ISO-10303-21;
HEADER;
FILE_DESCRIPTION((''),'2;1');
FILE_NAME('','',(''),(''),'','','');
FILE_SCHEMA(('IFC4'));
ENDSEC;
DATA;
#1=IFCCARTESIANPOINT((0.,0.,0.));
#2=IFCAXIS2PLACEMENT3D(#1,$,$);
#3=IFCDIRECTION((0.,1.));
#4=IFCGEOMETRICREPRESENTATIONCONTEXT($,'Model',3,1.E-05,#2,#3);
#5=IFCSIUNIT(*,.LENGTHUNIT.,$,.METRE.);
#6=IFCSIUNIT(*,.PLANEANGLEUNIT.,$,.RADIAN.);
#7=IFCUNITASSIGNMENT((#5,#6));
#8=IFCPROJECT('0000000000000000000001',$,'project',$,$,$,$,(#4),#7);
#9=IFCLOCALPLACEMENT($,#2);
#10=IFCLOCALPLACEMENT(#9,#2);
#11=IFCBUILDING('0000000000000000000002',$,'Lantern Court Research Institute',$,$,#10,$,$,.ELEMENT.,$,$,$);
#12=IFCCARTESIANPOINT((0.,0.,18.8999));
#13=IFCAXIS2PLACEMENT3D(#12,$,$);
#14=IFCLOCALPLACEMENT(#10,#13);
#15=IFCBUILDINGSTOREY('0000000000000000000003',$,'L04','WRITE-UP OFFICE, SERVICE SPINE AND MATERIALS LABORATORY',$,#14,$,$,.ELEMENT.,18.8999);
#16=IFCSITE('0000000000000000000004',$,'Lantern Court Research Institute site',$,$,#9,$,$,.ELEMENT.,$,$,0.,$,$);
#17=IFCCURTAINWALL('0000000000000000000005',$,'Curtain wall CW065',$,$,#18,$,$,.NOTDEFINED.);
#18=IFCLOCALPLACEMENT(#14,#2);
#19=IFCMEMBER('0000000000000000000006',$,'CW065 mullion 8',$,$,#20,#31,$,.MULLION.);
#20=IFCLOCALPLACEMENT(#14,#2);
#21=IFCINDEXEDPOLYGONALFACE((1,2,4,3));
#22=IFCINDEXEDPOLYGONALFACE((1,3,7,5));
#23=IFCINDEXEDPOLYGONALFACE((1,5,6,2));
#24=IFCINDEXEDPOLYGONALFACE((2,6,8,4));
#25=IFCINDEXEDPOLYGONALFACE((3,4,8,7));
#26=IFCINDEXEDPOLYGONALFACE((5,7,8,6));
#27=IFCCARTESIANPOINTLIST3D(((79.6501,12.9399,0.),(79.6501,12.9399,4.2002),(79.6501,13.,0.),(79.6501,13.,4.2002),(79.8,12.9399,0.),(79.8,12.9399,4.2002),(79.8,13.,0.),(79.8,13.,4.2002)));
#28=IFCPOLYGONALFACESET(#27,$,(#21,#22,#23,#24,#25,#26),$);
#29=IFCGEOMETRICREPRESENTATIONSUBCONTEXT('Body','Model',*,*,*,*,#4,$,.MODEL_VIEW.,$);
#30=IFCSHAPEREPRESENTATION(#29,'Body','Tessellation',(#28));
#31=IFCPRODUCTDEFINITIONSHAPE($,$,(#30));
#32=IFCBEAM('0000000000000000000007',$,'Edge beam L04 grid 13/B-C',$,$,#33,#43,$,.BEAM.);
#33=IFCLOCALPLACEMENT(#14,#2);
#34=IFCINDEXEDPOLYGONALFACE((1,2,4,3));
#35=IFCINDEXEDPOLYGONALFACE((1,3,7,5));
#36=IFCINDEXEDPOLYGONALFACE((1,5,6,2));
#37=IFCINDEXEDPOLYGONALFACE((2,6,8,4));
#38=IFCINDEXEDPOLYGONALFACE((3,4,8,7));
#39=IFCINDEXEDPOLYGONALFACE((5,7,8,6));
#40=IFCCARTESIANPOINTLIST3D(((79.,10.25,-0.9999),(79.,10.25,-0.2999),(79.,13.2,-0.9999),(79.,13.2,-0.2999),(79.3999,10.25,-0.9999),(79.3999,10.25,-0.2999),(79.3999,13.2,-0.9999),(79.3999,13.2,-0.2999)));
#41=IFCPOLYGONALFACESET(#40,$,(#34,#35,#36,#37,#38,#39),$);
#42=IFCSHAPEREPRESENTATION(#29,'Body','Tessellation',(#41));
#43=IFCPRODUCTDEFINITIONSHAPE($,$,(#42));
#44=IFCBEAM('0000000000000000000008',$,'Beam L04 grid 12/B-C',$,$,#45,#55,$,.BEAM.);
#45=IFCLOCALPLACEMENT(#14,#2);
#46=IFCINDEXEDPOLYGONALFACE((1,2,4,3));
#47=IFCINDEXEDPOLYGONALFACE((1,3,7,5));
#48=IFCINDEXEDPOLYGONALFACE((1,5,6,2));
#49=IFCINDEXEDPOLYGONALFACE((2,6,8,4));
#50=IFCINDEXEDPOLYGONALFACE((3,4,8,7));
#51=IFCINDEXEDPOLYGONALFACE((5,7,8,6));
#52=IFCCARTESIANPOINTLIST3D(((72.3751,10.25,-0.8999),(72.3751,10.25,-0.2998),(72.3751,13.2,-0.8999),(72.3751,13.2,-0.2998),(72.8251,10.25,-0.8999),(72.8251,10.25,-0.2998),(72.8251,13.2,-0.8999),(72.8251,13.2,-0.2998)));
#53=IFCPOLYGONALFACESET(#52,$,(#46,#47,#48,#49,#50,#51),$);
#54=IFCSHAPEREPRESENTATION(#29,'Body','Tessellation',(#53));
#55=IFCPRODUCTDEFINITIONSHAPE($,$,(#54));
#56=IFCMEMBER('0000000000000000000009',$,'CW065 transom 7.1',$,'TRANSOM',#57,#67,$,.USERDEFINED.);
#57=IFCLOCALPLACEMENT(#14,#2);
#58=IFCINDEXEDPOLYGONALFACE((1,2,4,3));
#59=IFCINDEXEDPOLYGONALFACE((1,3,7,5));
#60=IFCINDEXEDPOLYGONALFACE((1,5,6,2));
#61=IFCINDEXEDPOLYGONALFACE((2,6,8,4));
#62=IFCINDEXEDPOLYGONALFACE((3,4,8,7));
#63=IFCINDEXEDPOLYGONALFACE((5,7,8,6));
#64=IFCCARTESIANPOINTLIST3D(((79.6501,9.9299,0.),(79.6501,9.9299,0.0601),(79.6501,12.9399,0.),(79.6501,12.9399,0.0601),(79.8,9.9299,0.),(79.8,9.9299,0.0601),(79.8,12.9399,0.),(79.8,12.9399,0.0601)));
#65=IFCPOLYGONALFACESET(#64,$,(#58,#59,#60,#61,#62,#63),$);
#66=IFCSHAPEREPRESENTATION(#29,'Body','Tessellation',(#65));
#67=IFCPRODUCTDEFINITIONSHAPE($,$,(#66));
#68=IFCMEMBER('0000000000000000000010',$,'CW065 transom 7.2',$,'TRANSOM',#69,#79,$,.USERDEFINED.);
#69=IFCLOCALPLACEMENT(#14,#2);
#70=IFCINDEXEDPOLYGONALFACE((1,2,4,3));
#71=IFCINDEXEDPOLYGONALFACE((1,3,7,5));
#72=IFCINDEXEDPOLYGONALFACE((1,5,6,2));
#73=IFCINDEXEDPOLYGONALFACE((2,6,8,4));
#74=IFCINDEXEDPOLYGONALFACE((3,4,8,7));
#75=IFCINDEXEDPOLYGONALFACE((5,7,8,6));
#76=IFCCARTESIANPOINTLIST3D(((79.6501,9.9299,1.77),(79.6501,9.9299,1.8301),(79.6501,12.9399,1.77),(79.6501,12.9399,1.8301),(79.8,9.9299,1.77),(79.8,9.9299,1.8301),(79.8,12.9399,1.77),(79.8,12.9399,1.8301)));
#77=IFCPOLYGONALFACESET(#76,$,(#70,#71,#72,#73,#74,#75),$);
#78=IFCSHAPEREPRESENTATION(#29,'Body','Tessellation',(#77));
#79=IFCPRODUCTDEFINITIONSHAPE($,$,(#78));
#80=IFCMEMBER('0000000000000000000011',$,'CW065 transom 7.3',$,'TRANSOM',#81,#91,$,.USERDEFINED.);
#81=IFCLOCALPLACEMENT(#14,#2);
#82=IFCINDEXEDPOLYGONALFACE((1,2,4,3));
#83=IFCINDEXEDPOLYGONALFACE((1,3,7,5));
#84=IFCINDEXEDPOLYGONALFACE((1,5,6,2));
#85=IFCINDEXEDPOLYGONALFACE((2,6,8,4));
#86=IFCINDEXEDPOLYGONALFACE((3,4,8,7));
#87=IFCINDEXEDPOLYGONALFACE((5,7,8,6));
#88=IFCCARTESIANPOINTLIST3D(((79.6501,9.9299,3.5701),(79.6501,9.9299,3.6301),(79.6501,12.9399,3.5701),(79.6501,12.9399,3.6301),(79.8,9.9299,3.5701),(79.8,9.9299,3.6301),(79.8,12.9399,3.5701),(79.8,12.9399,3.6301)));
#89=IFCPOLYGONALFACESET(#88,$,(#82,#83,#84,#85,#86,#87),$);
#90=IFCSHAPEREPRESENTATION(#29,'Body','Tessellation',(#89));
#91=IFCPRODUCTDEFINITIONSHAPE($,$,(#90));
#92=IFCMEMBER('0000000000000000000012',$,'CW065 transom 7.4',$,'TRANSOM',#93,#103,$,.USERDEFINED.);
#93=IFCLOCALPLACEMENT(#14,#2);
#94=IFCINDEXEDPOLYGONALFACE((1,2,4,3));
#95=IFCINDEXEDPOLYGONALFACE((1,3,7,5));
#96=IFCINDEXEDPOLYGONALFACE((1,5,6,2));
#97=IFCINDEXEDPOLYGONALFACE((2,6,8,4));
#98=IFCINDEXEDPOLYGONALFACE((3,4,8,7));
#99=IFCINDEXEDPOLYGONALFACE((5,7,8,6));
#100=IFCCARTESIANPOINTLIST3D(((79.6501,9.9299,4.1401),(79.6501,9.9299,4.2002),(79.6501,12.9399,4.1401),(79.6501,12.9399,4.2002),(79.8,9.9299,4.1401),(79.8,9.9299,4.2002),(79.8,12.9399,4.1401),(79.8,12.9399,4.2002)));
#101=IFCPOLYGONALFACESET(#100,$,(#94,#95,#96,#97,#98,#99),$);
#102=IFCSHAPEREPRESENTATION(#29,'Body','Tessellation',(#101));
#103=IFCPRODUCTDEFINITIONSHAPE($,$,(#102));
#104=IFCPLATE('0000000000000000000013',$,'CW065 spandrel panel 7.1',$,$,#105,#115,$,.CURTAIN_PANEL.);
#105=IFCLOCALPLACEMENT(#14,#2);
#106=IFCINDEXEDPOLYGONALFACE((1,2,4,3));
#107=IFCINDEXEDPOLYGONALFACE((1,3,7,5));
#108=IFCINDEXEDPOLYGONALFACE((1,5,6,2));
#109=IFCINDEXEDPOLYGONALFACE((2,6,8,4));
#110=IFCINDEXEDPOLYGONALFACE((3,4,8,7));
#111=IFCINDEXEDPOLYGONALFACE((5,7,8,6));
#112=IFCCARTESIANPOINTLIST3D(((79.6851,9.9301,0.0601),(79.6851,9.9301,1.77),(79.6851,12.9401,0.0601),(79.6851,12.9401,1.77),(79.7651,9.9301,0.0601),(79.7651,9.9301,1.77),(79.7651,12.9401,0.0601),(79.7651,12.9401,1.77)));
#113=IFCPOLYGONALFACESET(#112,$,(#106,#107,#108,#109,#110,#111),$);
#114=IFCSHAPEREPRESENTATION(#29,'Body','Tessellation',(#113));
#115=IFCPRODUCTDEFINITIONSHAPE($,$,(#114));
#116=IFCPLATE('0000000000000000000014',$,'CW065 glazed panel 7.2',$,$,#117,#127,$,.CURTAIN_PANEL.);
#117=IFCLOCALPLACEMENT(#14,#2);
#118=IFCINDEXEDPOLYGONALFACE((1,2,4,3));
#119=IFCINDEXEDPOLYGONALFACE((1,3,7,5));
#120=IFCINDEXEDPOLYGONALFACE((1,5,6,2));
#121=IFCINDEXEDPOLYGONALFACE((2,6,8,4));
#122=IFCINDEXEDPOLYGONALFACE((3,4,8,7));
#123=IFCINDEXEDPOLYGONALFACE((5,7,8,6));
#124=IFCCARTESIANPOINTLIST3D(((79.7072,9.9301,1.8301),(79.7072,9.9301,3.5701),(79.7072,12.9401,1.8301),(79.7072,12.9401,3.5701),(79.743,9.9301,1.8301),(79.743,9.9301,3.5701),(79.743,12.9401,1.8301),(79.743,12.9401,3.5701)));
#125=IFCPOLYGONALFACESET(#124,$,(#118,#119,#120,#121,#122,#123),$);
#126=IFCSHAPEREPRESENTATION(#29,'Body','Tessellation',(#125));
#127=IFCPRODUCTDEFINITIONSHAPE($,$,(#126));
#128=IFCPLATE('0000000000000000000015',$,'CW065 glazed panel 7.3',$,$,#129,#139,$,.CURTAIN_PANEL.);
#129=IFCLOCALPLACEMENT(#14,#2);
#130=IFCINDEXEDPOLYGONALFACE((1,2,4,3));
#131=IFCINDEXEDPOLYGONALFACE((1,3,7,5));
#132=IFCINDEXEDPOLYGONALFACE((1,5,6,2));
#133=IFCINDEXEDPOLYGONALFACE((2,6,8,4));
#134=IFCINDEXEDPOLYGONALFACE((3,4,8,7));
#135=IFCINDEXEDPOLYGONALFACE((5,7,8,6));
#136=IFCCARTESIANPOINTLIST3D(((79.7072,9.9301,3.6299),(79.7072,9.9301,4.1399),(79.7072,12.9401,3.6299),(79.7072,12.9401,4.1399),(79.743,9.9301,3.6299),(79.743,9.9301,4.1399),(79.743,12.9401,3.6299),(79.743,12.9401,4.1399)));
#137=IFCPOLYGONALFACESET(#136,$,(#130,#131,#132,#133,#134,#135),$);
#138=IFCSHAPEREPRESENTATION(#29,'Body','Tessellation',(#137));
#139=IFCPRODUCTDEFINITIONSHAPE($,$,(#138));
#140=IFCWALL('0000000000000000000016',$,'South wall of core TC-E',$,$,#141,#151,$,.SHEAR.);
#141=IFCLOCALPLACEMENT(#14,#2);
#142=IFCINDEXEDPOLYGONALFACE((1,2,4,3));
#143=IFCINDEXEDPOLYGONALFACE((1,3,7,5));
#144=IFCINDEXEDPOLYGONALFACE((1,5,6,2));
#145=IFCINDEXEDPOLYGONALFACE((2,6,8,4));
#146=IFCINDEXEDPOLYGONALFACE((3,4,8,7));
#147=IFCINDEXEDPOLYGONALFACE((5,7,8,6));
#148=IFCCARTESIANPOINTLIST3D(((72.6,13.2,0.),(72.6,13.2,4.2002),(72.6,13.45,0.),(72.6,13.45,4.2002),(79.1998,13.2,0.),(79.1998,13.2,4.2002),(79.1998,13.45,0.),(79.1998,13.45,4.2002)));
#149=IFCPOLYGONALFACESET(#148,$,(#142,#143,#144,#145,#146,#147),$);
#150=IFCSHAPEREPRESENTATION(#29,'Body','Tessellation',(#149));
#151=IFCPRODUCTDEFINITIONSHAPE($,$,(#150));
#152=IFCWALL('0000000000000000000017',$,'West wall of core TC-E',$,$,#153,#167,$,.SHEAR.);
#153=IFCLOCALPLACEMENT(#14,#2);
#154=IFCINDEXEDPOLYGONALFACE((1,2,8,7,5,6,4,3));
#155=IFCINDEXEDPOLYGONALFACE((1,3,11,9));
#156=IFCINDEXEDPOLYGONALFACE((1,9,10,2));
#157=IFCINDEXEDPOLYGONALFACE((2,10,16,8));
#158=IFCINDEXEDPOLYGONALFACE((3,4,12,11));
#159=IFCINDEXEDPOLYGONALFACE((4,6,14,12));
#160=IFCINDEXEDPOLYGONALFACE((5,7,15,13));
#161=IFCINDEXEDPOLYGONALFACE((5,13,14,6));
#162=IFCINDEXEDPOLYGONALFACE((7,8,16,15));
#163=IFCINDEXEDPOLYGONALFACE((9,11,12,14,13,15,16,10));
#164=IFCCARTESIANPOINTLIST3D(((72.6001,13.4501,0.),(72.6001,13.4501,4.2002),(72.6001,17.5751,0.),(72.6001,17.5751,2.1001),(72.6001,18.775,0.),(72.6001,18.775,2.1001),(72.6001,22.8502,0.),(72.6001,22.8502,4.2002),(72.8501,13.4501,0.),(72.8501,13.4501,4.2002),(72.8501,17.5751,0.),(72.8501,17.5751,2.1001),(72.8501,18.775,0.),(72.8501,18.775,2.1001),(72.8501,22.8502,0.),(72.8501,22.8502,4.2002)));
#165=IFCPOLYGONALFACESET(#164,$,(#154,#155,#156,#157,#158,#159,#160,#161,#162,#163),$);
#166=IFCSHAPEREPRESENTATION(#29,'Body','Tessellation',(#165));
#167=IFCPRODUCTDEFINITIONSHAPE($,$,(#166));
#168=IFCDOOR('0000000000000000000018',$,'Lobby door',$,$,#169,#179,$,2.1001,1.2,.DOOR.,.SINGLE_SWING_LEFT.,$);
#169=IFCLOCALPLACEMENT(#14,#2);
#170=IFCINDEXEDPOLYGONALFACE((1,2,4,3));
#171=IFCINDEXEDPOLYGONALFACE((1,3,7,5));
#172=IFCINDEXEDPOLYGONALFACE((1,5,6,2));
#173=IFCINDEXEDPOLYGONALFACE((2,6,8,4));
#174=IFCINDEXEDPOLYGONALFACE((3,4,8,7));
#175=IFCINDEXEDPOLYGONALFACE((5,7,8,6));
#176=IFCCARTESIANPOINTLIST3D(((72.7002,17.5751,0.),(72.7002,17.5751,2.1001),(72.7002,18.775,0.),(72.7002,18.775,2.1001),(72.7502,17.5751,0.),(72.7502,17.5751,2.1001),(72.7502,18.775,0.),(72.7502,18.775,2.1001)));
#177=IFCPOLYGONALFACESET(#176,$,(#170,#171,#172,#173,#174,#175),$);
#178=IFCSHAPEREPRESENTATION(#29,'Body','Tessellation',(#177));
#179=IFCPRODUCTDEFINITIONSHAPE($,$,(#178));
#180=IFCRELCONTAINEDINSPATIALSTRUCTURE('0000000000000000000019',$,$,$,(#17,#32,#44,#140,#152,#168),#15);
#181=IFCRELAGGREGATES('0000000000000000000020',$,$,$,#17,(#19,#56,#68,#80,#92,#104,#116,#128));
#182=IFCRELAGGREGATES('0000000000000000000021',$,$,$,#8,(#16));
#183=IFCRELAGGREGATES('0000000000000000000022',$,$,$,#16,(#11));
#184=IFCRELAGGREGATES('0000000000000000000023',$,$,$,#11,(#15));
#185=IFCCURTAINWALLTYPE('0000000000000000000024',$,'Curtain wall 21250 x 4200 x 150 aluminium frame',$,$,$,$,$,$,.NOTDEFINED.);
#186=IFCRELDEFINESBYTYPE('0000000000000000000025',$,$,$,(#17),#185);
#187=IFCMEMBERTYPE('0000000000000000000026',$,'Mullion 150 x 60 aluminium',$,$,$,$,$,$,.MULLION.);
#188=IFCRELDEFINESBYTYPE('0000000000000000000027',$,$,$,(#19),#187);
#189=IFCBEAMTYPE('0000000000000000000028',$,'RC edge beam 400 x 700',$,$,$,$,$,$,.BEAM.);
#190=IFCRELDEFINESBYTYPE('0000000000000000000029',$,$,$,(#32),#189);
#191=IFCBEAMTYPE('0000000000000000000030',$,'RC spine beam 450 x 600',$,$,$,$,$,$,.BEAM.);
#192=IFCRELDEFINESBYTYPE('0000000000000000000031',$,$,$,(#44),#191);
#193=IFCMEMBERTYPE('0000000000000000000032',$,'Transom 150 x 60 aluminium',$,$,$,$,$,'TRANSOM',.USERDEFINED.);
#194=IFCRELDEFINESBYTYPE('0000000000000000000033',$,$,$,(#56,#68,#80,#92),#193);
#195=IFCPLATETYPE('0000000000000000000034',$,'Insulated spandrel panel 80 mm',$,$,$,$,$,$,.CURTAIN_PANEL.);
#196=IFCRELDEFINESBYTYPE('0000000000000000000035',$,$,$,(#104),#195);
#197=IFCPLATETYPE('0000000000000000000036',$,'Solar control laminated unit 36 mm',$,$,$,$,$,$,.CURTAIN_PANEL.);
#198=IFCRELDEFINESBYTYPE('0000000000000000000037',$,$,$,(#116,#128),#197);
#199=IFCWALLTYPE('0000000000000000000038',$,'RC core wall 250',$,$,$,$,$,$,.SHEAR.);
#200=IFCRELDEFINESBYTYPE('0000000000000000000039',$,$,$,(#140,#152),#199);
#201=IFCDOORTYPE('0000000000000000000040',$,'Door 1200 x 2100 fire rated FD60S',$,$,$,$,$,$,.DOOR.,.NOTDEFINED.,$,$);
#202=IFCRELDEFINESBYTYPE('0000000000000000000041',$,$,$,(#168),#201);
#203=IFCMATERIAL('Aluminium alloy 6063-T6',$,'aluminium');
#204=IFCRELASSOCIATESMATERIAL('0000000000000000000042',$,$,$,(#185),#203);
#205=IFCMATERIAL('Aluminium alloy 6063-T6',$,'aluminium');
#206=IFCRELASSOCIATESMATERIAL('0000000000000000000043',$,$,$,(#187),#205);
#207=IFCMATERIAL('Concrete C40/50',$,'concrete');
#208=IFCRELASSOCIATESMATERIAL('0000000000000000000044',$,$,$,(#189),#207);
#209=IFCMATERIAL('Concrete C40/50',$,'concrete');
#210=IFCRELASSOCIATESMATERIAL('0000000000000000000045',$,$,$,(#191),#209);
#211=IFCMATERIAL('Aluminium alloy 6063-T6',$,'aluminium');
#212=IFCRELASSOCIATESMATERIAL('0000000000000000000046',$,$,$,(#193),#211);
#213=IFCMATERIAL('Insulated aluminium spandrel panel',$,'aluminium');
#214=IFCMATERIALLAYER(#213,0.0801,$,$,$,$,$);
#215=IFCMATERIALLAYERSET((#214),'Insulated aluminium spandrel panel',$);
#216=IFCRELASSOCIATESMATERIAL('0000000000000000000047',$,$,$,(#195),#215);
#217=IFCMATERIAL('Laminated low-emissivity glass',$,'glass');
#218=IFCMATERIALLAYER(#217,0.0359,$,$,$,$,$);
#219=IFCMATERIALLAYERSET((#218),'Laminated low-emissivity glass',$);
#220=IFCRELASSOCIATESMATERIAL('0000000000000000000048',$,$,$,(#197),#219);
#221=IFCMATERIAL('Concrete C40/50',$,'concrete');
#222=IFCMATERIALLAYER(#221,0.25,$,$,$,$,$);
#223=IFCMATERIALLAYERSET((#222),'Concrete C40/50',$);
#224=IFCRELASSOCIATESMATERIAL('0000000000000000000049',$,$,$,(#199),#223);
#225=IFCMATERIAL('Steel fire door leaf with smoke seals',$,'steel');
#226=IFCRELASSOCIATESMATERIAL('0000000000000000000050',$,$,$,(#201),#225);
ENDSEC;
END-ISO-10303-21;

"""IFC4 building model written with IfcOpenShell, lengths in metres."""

from ifc_helpers import new_model, si_unit, direction, frame, frame_2d, origin, origin_2d, place, context, subcontext, project, spatial, rectangle, extrude, material, layer, layer_set, material_profile, profile_set, type_object, element, fill, aggregate, save


model = new_model("IFC4")

# Units and contexts
model_context = context("Model", 3, precision=1e-05, world=origin(), true_north=direction((0.0, 1.0)))
body_context = subcontext(model_context, "Body", "Model", "MODEL_VIEW")
ifc_project = project(units=[si_unit("LENGTHUNIT", "METRE"), si_unit("PLANEANGLEUNIT", "RADIAN")], contexts=[model_context])

# Site, building, storey
site_placement = place(None, origin())
site = spatial("IfcSite", under=ifc_project, at=site_placement, Name="Lantern Court Research Institute site", CompositionType="ELEMENT", RefElevation=0.0)
building_placement = place(site_placement, origin())
building = spatial("IfcBuilding", under=site, at=building_placement, Name="Lantern Court Research Institute", CompositionType="ELEMENT")
storey_placement = place(building_placement, frame((0.0, 0.0, 18.8999)))
storey = spatial("IfcBuildingStorey", under=building, at=storey_placement, Name="L04", Description="WRITE-UP OFFICE, SERVICE SPINE AND MATERIALS LABORATORY", CompositionType="ELEMENT", Elevation=18.8999)

# Curtain wall, member
ifc_material_1 = material(Name="Aluminium alloy 6063-T6", Category="aluminium")
curtain_wall_type = type_object("IfcCurtainWallType", Name="Curtain wall 21250 x 4200 x 150 aluminium frame", PredefinedType="NOTDEFINED", material=ifc_material_1)
curtain_wall_placement = place(storey_placement, origin())
curtain_wall = element("IfcCurtainWall", 1, at=curtain_wall_placement, inside=storey, type_object=curtain_wall_type, Name="Curtain wall CW065", PredefinedType="NOTDEFINED")
ifc_material_2 = material(Name="Aluminium alloy 6063-T6", Category="aluminium")
ifc_material_profile_1 = material_profile(ifc_material_2, rectangle(XDim=0.1499, YDim=0.0601, at=origin_2d()), Name="Mullion 150 x 60")
ifc_profile_set_1 = profile_set([ifc_material_profile_1], Name="Aluminium alloy 6063-T6")
member_type_1 = type_object("IfcMemberType", Name="Mullion 150 x 60 aluminium", PredefinedType="MULLION", material=ifc_profile_set_1)
member_1_placement = place(storey_placement, frame((79.7251, 12.97, 0.0), z_axis=(0.0, 0.0, 1.0), x_axis=(1.0, 0.0, 0.0)))
member_1 = element("IfcMember", 2, at=member_1_placement, type_object=member_type_1, Name="CW065 mullion 8", PredefinedType="MULLION", context=body_context, shape_type="SweptSolid", body=[
    extrude(rectangle(XDim=0.1499, YDim=0.0601, at=origin_2d()), origin(), (0.0, 0.0, 1.0), 4.2002),
])

# Beams
ifc_material_3 = material(Name="Concrete C40/50", Category="concrete")
ifc_material_profile_2 = material_profile(ifc_material_3, rectangle(XDim=0.3999, YDim=0.7, at=origin_2d()), Name="RC beam 400 x 700")
ifc_profile_set_2 = profile_set([ifc_material_profile_2], Name="Concrete C40/50")
beam_type_1 = type_object("IfcBeamType", Name="RC edge beam 400 x 700", PredefinedType="BEAM", material=ifc_profile_set_2)
beam_1_placement = place(storey_placement, frame((79.2, 10.25, -0.6499), z_axis=(0.0, 1.0, 0.0), x_axis=(-1.0, 0.0, 0.0)))
element("IfcBeam", 3, at=beam_1_placement, inside=storey, type_object=beam_type_1, Name="Edge beam L04 grid 13/B-C", PredefinedType="BEAM", context=body_context, shape_type="SweptSolid", body=[
    extrude(rectangle(XDim=0.3999, YDim=0.7, at=origin_2d()), origin(), (0.0, 0.0, 1.0), 2.95),
])
ifc_material_4 = material(Name="Concrete C40/50", Category="concrete")
ifc_material_profile_3 = material_profile(ifc_material_4, rectangle(XDim=0.45, YDim=0.6001, at=origin_2d()), Name="RC beam 450 x 600")
ifc_profile_set_3 = profile_set([ifc_material_profile_3], Name="Concrete C40/50")
beam_type_2 = type_object("IfcBeamType", Name="RC spine beam 450 x 600", PredefinedType="BEAM", material=ifc_profile_set_3)
beam_2_placement = place(storey_placement, frame((72.6001, 10.25, -0.5999), z_axis=(0.0, 1.0, 0.0), x_axis=(-1.0, 0.0, 0.0)))
element("IfcBeam", 4, at=beam_2_placement, inside=storey, type_object=beam_type_2, Name="Beam L04 grid 12/B-C", PredefinedType="BEAM", context=body_context, shape_type="SweptSolid", body=[
    extrude(rectangle(XDim=0.45, YDim=0.6001, at=origin_2d()), origin(), (0.0, 0.0, 1.0), 2.95),
])

# Members
ifc_material_5 = material(Name="Aluminium alloy 6063-T6", Category="aluminium")
ifc_material_profile_4 = material_profile(ifc_material_5, rectangle(XDim=0.1499, YDim=0.0601, at=origin_2d()), Name="Transom 150 x 60")
ifc_profile_set_4 = profile_set([ifc_material_profile_4], Name="Aluminium alloy 6063-T6")
member_type_2 = type_object("IfcMemberType", Name="Transom 150 x 60 aluminium", ElementType="TRANSOM", PredefinedType="USERDEFINED", material=ifc_profile_set_4)
member_2_placement = place(storey_placement, frame((79.7251, 12.9399, 0.03), z_axis=(0.0, -1.0, 0.0), x_axis=(1.0, 0.0, 0.0)))
member_2 = element("IfcMember", 5, at=member_2_placement, type_object=member_type_2, Name="CW065 transom 7.1", ObjectType="TRANSOM", PredefinedType="USERDEFINED", context=body_context, shape_type="SweptSolid", body=[
    extrude(rectangle(XDim=0.1499, YDim=0.0601, at=origin_2d()), origin(), (0.0, 0.0, 1.0), 3.01),
])
member_3_placement = place(storey_placement, frame((79.7251, 12.9399, 1.8), z_axis=(0.0, -1.0, 0.0), x_axis=(1.0, 0.0, 0.0)))
member_3 = element("IfcMember", 6, at=member_3_placement, type_object=member_type_2, Name="CW065 transom 7.2", ObjectType="TRANSOM", PredefinedType="USERDEFINED", context=body_context, shape_type="SweptSolid", body=[
    extrude(rectangle(XDim=0.1499, YDim=0.0601, at=origin_2d()), origin(), (0.0, 0.0, 1.0), 3.01),
])
member_4_placement = place(storey_placement, frame((79.7251, 12.9399, 3.6001), z_axis=(0.0, -1.0, 0.0), x_axis=(1.0, 0.0, 0.0)))
member_4 = element("IfcMember", 7, at=member_4_placement, type_object=member_type_2, Name="CW065 transom 7.3", ObjectType="TRANSOM", PredefinedType="USERDEFINED", context=body_context, shape_type="SweptSolid", body=[
    extrude(rectangle(XDim=0.1499, YDim=0.0601, at=origin_2d()), origin(), (0.0, 0.0, 1.0), 3.01),
])
member_5_placement = place(storey_placement, frame((79.7251, 12.9399, 4.1702), z_axis=(0.0, -1.0, 0.0), x_axis=(1.0, 0.0, 0.0)))
member_5 = element("IfcMember", 8, at=member_5_placement, type_object=member_type_2, Name="CW065 transom 7.4", ObjectType="TRANSOM", PredefinedType="USERDEFINED", context=body_context, shape_type="SweptSolid", body=[
    extrude(rectangle(XDim=0.1499, YDim=0.0601, at=origin_2d()), origin(), (0.0, 0.0, 1.0), 3.01),
])

# Plates
ifc_material_6 = material(Name="Insulated aluminium spandrel panel", Category="aluminium")
ifc_layer_1 = layer(ifc_material_6, 0.0801)
ifc_layer_set_1 = layer_set([ifc_layer_1], Name="Insulated aluminium spandrel panel")
plate_type_1 = type_object("IfcPlateType", Name="Insulated spandrel panel 80 mm", PredefinedType="CURTAIN_PANEL", material=ifc_layer_set_1)
plate_1_placement = place(storey_placement, frame((79.7251, 11.4351, 0.0601), z_axis=(0.0, 0.0, 1.0), x_axis=(0.0, -1.0, 0.0)))
plate_1 = element("IfcPlate", 9, at=plate_1_placement, type_object=plate_type_1, Name="CW065 spandrel panel 7.1", PredefinedType="CURTAIN_PANEL", context=body_context, shape_type="SweptSolid", body=[
    extrude(rectangle(XDim=3.01, YDim=0.0801, at=origin_2d()), origin(), (0.0, 0.0, 1.0), 1.71),
])
ifc_material_7 = material(Name="Laminated low-emissivity glass", Category="glass")
ifc_layer_2 = layer(ifc_material_7, 0.0359)
ifc_layer_set_2 = layer_set([ifc_layer_2], Name="Laminated low-emissivity glass")
plate_type_2 = type_object("IfcPlateType", Name="Solar control laminated unit 36 mm", PredefinedType="CURTAIN_PANEL", material=ifc_layer_set_2)
plate_2_placement = place(storey_placement, frame((79.7251, 11.4351, 1.8301), z_axis=(0.0, 0.0, 1.0), x_axis=(0.0, -1.0, 0.0)))
plate_2 = element("IfcPlate", 10, at=plate_2_placement, type_object=plate_type_2, Name="CW065 glazed panel 7.2", PredefinedType="CURTAIN_PANEL", context=body_context, shape_type="SweptSolid", body=[
    extrude(rectangle(XDim=3.01, YDim=0.0359, at=origin_2d()), origin(), (0.0, 0.0, 1.0), 1.74),
])
plate_3_placement = place(storey_placement, frame((79.7251, 11.4351, 3.6299), z_axis=(0.0, 0.0, 1.0), x_axis=(0.0, -1.0, 0.0)))
plate_3 = element("IfcPlate", 11, at=plate_3_placement, type_object=plate_type_2, Name="CW065 glazed panel 7.3", PredefinedType="CURTAIN_PANEL", context=body_context, shape_type="SweptSolid", body=[
    extrude(rectangle(XDim=3.01, YDim=0.0359, at=origin_2d()), origin(), (0.0, 0.0, 1.0), 0.51),
])
aggregate(curtain_wall, [member_1, member_2, member_3, member_4, member_5, plate_1, plate_2, plate_3])

# Wall
ifc_material_8 = material(Name="Concrete C40/50", Category="concrete")
ifc_layer_3 = layer(ifc_material_8, 0.25)
ifc_layer_set_3 = layer_set([ifc_layer_3], Name="Concrete C40/50")
wall_type_1 = type_object("IfcWallType", Name="RC core wall 250", PredefinedType="SHEAR", material=ifc_layer_set_3)
wall_1_placement = place(storey_placement, frame((72.6001, 13.325, 0.0), z_axis=(0.0, 0.0, 1.0), x_axis=(1.0, 0.0, 0.0)))
element("IfcWall", 12, at=wall_1_placement, inside=storey, type_object=wall_type_1, Name="South wall of core TC-E", PredefinedType="SHEAR", context=body_context, shape_type="SweptSolid", body=[
    extrude(rectangle(XDim=6.5999, YDim=0.25, at=frame_2d((3.2998, 0.0))), origin(), (0.0, 0.0, 1.0), 4.2002),
])

# Wall, opening, door
wall_2_placement = place(storey_placement, frame((72.7251, 13.45, 0.0), z_axis=(0.0, 0.0, 1.0), x_axis=(0.0, 1.0, 0.0)))
wall_2 = element("IfcWall", 13, at=wall_2_placement, inside=storey, type_object=wall_type_1, Name="West wall of core TC-E", PredefinedType="SHEAR", context=body_context, shape_type="SweptSolid", body=[
    extrude(rectangle(XDim=9.4001, YDim=0.25, at=frame_2d((4.7002, 0.0))), origin(), (0.0, 0.0, 1.0), 4.2002),
])
opening_1_placement = place(wall_2_placement, frame((4.125, 0.0, 0.0)))
opening_1 = element("IfcOpeningElement", 14, at=opening_1_placement, cuts=wall_2, PredefinedType="OPENING", context=body_context, shape_type="SweptSolid", body=[
    extrude(rectangle(XDim=1.2, YDim=2.1001, at=frame_2d((0.6001, 1.05))), frame((0.0, 0.135, 0.0), z_axis=(0.0, -1.0, 0.0), x_axis=(1.0, 0.0, 0.0)), (0.0, 0.0, 1.0), 0.27),
])
ifc_material_9 = material(Name="Steel fire door leaf with smoke seals", Category="steel")
door_type = type_object("IfcDoorType", Name="Door 1200 x 2100 fire rated FD60S", OperationType="NOTDEFINED", PredefinedType="DOOR", material=ifc_material_9)
door_placement = place(opening_1_placement, origin())
door = element("IfcDoor", 15, at=door_placement, inside=storey, type_object=door_type, Name="Lobby door", OperationType="SINGLE_SWING_LEFT", OverallHeight=2.1001, OverallWidth=1.2, PredefinedType="DOOR", context=body_context, shape_type="SweptSolid", body=[
    extrude(rectangle(XDim=1.2, YDim=2.1001, at=frame_2d((0.6001, 1.05))), frame((0.0, 0.0249, 0.0), z_axis=(0.0, -1.0, 0.0), x_axis=(1.0, 0.0, 0.0)), (0.0, 0.0, 1.0), 0.05),
])
fill(opening_1, door)

save(model, "model.ifc")
